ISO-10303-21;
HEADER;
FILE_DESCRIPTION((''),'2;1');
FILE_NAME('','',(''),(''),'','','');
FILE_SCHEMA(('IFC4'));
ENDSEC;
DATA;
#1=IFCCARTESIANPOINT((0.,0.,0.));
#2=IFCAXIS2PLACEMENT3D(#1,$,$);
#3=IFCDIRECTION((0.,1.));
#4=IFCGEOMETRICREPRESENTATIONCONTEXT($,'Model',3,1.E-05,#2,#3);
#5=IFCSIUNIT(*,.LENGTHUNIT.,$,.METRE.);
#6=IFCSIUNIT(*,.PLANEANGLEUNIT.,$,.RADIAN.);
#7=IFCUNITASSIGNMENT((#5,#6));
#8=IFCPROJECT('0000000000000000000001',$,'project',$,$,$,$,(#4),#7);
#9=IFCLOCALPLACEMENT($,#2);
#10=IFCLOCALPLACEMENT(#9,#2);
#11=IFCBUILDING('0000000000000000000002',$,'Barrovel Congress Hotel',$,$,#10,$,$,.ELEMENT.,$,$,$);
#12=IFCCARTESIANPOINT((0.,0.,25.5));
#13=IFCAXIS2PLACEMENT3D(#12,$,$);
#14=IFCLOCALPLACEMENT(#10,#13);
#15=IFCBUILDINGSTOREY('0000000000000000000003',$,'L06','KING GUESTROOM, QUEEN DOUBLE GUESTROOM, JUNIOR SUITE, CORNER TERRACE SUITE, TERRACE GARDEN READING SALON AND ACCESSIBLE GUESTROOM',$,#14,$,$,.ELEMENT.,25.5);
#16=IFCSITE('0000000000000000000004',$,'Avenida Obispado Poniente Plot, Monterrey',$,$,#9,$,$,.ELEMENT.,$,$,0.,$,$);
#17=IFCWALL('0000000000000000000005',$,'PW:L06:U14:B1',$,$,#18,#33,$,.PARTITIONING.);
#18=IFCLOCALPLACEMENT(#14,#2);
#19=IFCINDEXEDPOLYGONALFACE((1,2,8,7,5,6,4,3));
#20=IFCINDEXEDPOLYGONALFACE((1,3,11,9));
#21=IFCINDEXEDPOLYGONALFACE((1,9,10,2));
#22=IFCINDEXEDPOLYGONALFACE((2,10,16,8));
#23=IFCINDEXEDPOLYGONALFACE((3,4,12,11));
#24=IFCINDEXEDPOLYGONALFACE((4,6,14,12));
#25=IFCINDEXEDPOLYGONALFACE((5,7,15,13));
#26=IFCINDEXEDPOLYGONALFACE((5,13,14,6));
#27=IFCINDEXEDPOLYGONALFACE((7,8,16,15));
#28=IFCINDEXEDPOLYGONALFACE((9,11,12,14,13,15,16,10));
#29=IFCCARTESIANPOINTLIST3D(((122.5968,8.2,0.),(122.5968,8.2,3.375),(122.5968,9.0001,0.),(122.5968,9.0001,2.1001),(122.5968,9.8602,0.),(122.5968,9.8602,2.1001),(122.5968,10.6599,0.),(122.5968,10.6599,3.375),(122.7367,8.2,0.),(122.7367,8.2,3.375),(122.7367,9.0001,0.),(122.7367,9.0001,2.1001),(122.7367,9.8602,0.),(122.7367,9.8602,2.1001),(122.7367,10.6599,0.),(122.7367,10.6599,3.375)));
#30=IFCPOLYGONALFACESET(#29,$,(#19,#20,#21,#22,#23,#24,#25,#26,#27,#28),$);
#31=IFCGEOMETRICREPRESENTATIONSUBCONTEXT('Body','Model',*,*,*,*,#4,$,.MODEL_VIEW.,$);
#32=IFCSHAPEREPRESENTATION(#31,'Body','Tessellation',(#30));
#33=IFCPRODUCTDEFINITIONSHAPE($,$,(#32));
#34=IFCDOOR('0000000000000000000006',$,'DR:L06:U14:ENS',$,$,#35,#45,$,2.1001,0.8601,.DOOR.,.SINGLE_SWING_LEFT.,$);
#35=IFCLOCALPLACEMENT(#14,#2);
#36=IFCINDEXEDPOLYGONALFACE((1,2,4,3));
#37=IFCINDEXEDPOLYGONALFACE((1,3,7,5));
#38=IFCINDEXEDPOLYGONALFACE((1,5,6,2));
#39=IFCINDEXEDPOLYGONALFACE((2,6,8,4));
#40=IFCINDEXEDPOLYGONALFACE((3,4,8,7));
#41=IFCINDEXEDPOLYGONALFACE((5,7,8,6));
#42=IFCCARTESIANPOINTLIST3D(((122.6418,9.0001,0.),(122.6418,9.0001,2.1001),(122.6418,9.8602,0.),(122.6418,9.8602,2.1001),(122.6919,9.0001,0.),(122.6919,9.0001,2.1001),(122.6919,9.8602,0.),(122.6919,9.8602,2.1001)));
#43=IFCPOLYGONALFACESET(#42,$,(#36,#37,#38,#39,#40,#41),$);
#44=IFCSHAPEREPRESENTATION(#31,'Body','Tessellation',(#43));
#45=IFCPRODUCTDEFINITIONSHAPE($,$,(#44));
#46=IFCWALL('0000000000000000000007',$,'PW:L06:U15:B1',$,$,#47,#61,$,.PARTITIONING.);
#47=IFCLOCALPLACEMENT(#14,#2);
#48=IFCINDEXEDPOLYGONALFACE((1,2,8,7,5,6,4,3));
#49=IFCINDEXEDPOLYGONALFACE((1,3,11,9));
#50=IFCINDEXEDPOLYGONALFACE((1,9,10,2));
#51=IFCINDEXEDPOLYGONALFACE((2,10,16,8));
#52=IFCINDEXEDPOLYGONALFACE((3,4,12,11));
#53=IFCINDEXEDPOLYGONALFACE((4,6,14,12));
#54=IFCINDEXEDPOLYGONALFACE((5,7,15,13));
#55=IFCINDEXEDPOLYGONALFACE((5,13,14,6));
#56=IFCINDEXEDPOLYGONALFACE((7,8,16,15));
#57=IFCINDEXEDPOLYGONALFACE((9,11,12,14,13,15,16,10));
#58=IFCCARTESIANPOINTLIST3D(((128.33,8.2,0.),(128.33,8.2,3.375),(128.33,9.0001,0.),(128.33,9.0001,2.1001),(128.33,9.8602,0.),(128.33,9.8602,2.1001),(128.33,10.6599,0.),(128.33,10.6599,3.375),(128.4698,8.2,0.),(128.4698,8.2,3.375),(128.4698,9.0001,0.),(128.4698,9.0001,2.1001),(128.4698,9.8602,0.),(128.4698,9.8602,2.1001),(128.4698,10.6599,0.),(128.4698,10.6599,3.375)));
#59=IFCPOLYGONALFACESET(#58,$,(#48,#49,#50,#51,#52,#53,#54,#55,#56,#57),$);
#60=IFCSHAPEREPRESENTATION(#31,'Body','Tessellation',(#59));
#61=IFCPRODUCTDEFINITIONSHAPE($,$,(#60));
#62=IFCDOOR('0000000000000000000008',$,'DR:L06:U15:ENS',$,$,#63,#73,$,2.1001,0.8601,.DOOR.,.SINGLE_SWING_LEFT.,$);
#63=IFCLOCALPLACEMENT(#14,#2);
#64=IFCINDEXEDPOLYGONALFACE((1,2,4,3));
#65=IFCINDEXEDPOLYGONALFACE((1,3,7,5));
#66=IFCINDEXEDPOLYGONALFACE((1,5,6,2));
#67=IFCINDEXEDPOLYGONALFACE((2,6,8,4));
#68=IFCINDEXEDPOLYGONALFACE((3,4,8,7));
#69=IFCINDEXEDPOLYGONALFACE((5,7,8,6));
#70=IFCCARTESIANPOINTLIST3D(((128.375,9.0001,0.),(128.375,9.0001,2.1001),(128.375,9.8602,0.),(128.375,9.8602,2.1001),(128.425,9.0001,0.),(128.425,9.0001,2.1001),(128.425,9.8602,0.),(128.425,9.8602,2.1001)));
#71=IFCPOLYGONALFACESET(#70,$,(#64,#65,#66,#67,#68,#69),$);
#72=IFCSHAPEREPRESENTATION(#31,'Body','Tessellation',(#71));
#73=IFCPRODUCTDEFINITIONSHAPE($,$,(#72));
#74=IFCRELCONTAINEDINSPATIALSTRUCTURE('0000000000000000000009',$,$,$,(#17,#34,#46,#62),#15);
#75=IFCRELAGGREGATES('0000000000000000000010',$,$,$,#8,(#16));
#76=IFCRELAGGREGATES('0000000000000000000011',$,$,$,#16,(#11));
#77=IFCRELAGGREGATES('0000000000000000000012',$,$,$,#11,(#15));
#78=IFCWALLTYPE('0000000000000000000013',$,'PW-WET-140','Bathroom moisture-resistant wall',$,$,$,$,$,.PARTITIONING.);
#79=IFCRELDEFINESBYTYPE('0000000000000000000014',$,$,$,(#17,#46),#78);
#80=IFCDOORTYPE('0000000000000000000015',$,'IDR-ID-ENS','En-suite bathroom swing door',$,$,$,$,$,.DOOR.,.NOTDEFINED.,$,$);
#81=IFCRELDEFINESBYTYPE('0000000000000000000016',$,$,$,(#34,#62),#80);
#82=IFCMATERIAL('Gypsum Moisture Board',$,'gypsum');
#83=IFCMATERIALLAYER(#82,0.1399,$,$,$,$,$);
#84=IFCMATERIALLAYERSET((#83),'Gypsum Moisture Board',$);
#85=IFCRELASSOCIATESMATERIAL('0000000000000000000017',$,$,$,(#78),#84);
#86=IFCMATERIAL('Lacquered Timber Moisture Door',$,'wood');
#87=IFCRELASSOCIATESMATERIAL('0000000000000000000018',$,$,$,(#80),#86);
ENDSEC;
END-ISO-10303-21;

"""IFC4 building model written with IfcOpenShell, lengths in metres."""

from ifc_helpers import new_model, si_unit, direction, frame, frame_2d, origin, place, context, subcontext, project, spatial, rectangle, extrude, material, layer, layer_set, type_object, element, fill, save


model = new_model("IFC4")

# Units and contexts
model_context = context("Model", 3, precision=1e-05, world=origin(), true_north=direction((0.0, 1.0)))
body_context = subcontext(model_context, "Body", "Model", "MODEL_VIEW")
ifc_project = project(units=[si_unit("LENGTHUNIT", "METRE"), si_unit("PLANEANGLEUNIT", "RADIAN")], contexts=[model_context])

# Site, building, storey
site_placement = place(None, origin())
site = spatial("IfcSite", under=ifc_project, at=site_placement, Name="Avenida Obispado Poniente Plot, Monterrey", CompositionType="ELEMENT", RefElevation=0.0)
building_placement = place(site_placement, origin())
building = spatial("IfcBuilding", under=site, at=building_placement, Name="Barrovel Congress Hotel", CompositionType="ELEMENT")
storey_placement = place(building_placement, frame((0.0, 0.0, 25.5)))
storey = spatial("IfcBuildingStorey", under=building, at=storey_placement, Name="L06", Description="KING GUESTROOM, QUEEN DOUBLE GUESTROOM, JUNIOR SUITE, CORNER TERRACE SUITE, TERRACE GARDEN READING SALON AND ACCESSIBLE GUESTROOM", CompositionType="ELEMENT", Elevation=25.5)

# Walls, openings, doors
ifc_material_1 = material(Name="Gypsum Moisture Board", Category="gypsum")
ifc_layer_1 = layer(ifc_material_1, 0.1399)
ifc_layer_set_1 = layer_set([ifc_layer_1], Name="Gypsum Moisture Board")
wall_type_1 = type_object("IfcWallType", Name="PW-WET-140", Description="Bathroom moisture-resistant wall", PredefinedType="PARTITIONING", material=ifc_layer_set_1)
wall_1_placement = place(storey_placement, frame((122.6667, 8.2, 0.0), z_axis=(0.0, 0.0, 1.0), x_axis=(0.0, 1.0, 0.0)))
wall_1 = element("IfcWall", 1, at=wall_1_placement, inside=storey, type_object=wall_type_1, Name="PW:L06:U14:B1", PredefinedType="PARTITIONING", context=body_context, shape_type="SweptSolid", body=[
    extrude(rectangle(XDim=2.46, YDim=0.1399, at=frame_2d((1.23, 0.0))), origin(), (0.0, 0.0, 1.0), 3.375),
])
opening_1_placement = place(wall_1_placement, frame((0.8, 0.0, 0.0)))
opening_1 = element("IfcOpeningElement", 2, at=opening_1_placement, cuts=wall_1, PredefinedType="OPENING", context=body_context, shape_type="SweptSolid", body=[
    extrude(rectangle(XDim=0.8601, YDim=2.1001, at=frame_2d((0.4302, 1.05))), frame((0.0, 0.0801, 0.0), z_axis=(0.0, -1.0, 0.0), x_axis=(1.0, 0.0, 0.0)), (0.0, 0.0, 1.0), 0.1599),
])
ifc_material_2 = material(Name="Lacquered Timber Moisture Door", Category="wood")
door_type_1 = type_object("IfcDoorType", Name="IDR-ID-ENS", Description="En-suite bathroom swing door", OperationType="NOTDEFINED", PredefinedType="DOOR", material=ifc_material_2)
door_1_placement = place(opening_1_placement, origin())
door_1 = element("IfcDoor", 3, at=door_1_placement, inside=storey, type_object=door_type_1, Name="DR:L06:U14:ENS", OperationType="SINGLE_SWING_LEFT", OverallHeight=2.1001, OverallWidth=0.8601, PredefinedType="DOOR", context=body_context, shape_type="SweptSolid", body=[
    extrude(rectangle(XDim=0.8601, YDim=2.1001, at=frame_2d((0.4302, 1.05))), frame((0.0, 0.0249, 0.0), z_axis=(0.0, -1.0, 0.0), x_axis=(1.0, 0.0, 0.0)), (0.0, 0.0, 1.0), 0.05),
])
fill(opening_1, door_1)
wall_2_placement = place(storey_placement, frame((128.3999, 8.2, 0.0), z_axis=(0.0, 0.0, 1.0), x_axis=(0.0, 1.0, 0.0)))
wall_2 = element("IfcWall", 4, at=wall_2_placement, inside=storey, type_object=wall_type_1, Name="PW:L06:U15:B1", PredefinedType="PARTITIONING", context=body_context, shape_type="SweptSolid", body=[
    extrude(rectangle(XDim=2.46, YDim=0.1399, at=frame_2d((1.23, 0.0))), origin(), (0.0, 0.0, 1.0), 3.375),
])
opening_2_placement = place(wall_2_placement, frame((0.8, 0.0, 0.0)))
opening_2 = element("IfcOpeningElement", 5, at=opening_2_placement, cuts=wall_2, PredefinedType="OPENING", context=body_context, shape_type="SweptSolid", body=[
    extrude(rectangle(XDim=0.8601, YDim=2.1001, at=frame_2d((0.4302, 1.05))), frame((0.0, 0.0801, 0.0), z_axis=(0.0, -1.0, 0.0), x_axis=(1.0, 0.0, 0.0)), (0.0, 0.0, 1.0), 0.1599),
])
door_2_placement = place(opening_2_placement, origin())
door_2 = element("IfcDoor", 6, at=door_2_placement, inside=storey, type_object=door_type_1, Name="DR:L06:U15:ENS", OperationType="SINGLE_SWING_LEFT", OverallHeight=2.1001, OverallWidth=0.8601, PredefinedType="DOOR", context=body_context, shape_type="SweptSolid", body=[
    extrude(rectangle(XDim=0.8601, YDim=2.1001, at=frame_2d((0.4302, 1.05))), frame((0.0, 0.0249, 0.0), z_axis=(0.0, -1.0, 0.0), x_axis=(1.0, 0.0, 0.0)), (0.0, 0.0, 1.0), 0.05),
])
fill(opening_2, door_2)

save(model, "model.ifc")
